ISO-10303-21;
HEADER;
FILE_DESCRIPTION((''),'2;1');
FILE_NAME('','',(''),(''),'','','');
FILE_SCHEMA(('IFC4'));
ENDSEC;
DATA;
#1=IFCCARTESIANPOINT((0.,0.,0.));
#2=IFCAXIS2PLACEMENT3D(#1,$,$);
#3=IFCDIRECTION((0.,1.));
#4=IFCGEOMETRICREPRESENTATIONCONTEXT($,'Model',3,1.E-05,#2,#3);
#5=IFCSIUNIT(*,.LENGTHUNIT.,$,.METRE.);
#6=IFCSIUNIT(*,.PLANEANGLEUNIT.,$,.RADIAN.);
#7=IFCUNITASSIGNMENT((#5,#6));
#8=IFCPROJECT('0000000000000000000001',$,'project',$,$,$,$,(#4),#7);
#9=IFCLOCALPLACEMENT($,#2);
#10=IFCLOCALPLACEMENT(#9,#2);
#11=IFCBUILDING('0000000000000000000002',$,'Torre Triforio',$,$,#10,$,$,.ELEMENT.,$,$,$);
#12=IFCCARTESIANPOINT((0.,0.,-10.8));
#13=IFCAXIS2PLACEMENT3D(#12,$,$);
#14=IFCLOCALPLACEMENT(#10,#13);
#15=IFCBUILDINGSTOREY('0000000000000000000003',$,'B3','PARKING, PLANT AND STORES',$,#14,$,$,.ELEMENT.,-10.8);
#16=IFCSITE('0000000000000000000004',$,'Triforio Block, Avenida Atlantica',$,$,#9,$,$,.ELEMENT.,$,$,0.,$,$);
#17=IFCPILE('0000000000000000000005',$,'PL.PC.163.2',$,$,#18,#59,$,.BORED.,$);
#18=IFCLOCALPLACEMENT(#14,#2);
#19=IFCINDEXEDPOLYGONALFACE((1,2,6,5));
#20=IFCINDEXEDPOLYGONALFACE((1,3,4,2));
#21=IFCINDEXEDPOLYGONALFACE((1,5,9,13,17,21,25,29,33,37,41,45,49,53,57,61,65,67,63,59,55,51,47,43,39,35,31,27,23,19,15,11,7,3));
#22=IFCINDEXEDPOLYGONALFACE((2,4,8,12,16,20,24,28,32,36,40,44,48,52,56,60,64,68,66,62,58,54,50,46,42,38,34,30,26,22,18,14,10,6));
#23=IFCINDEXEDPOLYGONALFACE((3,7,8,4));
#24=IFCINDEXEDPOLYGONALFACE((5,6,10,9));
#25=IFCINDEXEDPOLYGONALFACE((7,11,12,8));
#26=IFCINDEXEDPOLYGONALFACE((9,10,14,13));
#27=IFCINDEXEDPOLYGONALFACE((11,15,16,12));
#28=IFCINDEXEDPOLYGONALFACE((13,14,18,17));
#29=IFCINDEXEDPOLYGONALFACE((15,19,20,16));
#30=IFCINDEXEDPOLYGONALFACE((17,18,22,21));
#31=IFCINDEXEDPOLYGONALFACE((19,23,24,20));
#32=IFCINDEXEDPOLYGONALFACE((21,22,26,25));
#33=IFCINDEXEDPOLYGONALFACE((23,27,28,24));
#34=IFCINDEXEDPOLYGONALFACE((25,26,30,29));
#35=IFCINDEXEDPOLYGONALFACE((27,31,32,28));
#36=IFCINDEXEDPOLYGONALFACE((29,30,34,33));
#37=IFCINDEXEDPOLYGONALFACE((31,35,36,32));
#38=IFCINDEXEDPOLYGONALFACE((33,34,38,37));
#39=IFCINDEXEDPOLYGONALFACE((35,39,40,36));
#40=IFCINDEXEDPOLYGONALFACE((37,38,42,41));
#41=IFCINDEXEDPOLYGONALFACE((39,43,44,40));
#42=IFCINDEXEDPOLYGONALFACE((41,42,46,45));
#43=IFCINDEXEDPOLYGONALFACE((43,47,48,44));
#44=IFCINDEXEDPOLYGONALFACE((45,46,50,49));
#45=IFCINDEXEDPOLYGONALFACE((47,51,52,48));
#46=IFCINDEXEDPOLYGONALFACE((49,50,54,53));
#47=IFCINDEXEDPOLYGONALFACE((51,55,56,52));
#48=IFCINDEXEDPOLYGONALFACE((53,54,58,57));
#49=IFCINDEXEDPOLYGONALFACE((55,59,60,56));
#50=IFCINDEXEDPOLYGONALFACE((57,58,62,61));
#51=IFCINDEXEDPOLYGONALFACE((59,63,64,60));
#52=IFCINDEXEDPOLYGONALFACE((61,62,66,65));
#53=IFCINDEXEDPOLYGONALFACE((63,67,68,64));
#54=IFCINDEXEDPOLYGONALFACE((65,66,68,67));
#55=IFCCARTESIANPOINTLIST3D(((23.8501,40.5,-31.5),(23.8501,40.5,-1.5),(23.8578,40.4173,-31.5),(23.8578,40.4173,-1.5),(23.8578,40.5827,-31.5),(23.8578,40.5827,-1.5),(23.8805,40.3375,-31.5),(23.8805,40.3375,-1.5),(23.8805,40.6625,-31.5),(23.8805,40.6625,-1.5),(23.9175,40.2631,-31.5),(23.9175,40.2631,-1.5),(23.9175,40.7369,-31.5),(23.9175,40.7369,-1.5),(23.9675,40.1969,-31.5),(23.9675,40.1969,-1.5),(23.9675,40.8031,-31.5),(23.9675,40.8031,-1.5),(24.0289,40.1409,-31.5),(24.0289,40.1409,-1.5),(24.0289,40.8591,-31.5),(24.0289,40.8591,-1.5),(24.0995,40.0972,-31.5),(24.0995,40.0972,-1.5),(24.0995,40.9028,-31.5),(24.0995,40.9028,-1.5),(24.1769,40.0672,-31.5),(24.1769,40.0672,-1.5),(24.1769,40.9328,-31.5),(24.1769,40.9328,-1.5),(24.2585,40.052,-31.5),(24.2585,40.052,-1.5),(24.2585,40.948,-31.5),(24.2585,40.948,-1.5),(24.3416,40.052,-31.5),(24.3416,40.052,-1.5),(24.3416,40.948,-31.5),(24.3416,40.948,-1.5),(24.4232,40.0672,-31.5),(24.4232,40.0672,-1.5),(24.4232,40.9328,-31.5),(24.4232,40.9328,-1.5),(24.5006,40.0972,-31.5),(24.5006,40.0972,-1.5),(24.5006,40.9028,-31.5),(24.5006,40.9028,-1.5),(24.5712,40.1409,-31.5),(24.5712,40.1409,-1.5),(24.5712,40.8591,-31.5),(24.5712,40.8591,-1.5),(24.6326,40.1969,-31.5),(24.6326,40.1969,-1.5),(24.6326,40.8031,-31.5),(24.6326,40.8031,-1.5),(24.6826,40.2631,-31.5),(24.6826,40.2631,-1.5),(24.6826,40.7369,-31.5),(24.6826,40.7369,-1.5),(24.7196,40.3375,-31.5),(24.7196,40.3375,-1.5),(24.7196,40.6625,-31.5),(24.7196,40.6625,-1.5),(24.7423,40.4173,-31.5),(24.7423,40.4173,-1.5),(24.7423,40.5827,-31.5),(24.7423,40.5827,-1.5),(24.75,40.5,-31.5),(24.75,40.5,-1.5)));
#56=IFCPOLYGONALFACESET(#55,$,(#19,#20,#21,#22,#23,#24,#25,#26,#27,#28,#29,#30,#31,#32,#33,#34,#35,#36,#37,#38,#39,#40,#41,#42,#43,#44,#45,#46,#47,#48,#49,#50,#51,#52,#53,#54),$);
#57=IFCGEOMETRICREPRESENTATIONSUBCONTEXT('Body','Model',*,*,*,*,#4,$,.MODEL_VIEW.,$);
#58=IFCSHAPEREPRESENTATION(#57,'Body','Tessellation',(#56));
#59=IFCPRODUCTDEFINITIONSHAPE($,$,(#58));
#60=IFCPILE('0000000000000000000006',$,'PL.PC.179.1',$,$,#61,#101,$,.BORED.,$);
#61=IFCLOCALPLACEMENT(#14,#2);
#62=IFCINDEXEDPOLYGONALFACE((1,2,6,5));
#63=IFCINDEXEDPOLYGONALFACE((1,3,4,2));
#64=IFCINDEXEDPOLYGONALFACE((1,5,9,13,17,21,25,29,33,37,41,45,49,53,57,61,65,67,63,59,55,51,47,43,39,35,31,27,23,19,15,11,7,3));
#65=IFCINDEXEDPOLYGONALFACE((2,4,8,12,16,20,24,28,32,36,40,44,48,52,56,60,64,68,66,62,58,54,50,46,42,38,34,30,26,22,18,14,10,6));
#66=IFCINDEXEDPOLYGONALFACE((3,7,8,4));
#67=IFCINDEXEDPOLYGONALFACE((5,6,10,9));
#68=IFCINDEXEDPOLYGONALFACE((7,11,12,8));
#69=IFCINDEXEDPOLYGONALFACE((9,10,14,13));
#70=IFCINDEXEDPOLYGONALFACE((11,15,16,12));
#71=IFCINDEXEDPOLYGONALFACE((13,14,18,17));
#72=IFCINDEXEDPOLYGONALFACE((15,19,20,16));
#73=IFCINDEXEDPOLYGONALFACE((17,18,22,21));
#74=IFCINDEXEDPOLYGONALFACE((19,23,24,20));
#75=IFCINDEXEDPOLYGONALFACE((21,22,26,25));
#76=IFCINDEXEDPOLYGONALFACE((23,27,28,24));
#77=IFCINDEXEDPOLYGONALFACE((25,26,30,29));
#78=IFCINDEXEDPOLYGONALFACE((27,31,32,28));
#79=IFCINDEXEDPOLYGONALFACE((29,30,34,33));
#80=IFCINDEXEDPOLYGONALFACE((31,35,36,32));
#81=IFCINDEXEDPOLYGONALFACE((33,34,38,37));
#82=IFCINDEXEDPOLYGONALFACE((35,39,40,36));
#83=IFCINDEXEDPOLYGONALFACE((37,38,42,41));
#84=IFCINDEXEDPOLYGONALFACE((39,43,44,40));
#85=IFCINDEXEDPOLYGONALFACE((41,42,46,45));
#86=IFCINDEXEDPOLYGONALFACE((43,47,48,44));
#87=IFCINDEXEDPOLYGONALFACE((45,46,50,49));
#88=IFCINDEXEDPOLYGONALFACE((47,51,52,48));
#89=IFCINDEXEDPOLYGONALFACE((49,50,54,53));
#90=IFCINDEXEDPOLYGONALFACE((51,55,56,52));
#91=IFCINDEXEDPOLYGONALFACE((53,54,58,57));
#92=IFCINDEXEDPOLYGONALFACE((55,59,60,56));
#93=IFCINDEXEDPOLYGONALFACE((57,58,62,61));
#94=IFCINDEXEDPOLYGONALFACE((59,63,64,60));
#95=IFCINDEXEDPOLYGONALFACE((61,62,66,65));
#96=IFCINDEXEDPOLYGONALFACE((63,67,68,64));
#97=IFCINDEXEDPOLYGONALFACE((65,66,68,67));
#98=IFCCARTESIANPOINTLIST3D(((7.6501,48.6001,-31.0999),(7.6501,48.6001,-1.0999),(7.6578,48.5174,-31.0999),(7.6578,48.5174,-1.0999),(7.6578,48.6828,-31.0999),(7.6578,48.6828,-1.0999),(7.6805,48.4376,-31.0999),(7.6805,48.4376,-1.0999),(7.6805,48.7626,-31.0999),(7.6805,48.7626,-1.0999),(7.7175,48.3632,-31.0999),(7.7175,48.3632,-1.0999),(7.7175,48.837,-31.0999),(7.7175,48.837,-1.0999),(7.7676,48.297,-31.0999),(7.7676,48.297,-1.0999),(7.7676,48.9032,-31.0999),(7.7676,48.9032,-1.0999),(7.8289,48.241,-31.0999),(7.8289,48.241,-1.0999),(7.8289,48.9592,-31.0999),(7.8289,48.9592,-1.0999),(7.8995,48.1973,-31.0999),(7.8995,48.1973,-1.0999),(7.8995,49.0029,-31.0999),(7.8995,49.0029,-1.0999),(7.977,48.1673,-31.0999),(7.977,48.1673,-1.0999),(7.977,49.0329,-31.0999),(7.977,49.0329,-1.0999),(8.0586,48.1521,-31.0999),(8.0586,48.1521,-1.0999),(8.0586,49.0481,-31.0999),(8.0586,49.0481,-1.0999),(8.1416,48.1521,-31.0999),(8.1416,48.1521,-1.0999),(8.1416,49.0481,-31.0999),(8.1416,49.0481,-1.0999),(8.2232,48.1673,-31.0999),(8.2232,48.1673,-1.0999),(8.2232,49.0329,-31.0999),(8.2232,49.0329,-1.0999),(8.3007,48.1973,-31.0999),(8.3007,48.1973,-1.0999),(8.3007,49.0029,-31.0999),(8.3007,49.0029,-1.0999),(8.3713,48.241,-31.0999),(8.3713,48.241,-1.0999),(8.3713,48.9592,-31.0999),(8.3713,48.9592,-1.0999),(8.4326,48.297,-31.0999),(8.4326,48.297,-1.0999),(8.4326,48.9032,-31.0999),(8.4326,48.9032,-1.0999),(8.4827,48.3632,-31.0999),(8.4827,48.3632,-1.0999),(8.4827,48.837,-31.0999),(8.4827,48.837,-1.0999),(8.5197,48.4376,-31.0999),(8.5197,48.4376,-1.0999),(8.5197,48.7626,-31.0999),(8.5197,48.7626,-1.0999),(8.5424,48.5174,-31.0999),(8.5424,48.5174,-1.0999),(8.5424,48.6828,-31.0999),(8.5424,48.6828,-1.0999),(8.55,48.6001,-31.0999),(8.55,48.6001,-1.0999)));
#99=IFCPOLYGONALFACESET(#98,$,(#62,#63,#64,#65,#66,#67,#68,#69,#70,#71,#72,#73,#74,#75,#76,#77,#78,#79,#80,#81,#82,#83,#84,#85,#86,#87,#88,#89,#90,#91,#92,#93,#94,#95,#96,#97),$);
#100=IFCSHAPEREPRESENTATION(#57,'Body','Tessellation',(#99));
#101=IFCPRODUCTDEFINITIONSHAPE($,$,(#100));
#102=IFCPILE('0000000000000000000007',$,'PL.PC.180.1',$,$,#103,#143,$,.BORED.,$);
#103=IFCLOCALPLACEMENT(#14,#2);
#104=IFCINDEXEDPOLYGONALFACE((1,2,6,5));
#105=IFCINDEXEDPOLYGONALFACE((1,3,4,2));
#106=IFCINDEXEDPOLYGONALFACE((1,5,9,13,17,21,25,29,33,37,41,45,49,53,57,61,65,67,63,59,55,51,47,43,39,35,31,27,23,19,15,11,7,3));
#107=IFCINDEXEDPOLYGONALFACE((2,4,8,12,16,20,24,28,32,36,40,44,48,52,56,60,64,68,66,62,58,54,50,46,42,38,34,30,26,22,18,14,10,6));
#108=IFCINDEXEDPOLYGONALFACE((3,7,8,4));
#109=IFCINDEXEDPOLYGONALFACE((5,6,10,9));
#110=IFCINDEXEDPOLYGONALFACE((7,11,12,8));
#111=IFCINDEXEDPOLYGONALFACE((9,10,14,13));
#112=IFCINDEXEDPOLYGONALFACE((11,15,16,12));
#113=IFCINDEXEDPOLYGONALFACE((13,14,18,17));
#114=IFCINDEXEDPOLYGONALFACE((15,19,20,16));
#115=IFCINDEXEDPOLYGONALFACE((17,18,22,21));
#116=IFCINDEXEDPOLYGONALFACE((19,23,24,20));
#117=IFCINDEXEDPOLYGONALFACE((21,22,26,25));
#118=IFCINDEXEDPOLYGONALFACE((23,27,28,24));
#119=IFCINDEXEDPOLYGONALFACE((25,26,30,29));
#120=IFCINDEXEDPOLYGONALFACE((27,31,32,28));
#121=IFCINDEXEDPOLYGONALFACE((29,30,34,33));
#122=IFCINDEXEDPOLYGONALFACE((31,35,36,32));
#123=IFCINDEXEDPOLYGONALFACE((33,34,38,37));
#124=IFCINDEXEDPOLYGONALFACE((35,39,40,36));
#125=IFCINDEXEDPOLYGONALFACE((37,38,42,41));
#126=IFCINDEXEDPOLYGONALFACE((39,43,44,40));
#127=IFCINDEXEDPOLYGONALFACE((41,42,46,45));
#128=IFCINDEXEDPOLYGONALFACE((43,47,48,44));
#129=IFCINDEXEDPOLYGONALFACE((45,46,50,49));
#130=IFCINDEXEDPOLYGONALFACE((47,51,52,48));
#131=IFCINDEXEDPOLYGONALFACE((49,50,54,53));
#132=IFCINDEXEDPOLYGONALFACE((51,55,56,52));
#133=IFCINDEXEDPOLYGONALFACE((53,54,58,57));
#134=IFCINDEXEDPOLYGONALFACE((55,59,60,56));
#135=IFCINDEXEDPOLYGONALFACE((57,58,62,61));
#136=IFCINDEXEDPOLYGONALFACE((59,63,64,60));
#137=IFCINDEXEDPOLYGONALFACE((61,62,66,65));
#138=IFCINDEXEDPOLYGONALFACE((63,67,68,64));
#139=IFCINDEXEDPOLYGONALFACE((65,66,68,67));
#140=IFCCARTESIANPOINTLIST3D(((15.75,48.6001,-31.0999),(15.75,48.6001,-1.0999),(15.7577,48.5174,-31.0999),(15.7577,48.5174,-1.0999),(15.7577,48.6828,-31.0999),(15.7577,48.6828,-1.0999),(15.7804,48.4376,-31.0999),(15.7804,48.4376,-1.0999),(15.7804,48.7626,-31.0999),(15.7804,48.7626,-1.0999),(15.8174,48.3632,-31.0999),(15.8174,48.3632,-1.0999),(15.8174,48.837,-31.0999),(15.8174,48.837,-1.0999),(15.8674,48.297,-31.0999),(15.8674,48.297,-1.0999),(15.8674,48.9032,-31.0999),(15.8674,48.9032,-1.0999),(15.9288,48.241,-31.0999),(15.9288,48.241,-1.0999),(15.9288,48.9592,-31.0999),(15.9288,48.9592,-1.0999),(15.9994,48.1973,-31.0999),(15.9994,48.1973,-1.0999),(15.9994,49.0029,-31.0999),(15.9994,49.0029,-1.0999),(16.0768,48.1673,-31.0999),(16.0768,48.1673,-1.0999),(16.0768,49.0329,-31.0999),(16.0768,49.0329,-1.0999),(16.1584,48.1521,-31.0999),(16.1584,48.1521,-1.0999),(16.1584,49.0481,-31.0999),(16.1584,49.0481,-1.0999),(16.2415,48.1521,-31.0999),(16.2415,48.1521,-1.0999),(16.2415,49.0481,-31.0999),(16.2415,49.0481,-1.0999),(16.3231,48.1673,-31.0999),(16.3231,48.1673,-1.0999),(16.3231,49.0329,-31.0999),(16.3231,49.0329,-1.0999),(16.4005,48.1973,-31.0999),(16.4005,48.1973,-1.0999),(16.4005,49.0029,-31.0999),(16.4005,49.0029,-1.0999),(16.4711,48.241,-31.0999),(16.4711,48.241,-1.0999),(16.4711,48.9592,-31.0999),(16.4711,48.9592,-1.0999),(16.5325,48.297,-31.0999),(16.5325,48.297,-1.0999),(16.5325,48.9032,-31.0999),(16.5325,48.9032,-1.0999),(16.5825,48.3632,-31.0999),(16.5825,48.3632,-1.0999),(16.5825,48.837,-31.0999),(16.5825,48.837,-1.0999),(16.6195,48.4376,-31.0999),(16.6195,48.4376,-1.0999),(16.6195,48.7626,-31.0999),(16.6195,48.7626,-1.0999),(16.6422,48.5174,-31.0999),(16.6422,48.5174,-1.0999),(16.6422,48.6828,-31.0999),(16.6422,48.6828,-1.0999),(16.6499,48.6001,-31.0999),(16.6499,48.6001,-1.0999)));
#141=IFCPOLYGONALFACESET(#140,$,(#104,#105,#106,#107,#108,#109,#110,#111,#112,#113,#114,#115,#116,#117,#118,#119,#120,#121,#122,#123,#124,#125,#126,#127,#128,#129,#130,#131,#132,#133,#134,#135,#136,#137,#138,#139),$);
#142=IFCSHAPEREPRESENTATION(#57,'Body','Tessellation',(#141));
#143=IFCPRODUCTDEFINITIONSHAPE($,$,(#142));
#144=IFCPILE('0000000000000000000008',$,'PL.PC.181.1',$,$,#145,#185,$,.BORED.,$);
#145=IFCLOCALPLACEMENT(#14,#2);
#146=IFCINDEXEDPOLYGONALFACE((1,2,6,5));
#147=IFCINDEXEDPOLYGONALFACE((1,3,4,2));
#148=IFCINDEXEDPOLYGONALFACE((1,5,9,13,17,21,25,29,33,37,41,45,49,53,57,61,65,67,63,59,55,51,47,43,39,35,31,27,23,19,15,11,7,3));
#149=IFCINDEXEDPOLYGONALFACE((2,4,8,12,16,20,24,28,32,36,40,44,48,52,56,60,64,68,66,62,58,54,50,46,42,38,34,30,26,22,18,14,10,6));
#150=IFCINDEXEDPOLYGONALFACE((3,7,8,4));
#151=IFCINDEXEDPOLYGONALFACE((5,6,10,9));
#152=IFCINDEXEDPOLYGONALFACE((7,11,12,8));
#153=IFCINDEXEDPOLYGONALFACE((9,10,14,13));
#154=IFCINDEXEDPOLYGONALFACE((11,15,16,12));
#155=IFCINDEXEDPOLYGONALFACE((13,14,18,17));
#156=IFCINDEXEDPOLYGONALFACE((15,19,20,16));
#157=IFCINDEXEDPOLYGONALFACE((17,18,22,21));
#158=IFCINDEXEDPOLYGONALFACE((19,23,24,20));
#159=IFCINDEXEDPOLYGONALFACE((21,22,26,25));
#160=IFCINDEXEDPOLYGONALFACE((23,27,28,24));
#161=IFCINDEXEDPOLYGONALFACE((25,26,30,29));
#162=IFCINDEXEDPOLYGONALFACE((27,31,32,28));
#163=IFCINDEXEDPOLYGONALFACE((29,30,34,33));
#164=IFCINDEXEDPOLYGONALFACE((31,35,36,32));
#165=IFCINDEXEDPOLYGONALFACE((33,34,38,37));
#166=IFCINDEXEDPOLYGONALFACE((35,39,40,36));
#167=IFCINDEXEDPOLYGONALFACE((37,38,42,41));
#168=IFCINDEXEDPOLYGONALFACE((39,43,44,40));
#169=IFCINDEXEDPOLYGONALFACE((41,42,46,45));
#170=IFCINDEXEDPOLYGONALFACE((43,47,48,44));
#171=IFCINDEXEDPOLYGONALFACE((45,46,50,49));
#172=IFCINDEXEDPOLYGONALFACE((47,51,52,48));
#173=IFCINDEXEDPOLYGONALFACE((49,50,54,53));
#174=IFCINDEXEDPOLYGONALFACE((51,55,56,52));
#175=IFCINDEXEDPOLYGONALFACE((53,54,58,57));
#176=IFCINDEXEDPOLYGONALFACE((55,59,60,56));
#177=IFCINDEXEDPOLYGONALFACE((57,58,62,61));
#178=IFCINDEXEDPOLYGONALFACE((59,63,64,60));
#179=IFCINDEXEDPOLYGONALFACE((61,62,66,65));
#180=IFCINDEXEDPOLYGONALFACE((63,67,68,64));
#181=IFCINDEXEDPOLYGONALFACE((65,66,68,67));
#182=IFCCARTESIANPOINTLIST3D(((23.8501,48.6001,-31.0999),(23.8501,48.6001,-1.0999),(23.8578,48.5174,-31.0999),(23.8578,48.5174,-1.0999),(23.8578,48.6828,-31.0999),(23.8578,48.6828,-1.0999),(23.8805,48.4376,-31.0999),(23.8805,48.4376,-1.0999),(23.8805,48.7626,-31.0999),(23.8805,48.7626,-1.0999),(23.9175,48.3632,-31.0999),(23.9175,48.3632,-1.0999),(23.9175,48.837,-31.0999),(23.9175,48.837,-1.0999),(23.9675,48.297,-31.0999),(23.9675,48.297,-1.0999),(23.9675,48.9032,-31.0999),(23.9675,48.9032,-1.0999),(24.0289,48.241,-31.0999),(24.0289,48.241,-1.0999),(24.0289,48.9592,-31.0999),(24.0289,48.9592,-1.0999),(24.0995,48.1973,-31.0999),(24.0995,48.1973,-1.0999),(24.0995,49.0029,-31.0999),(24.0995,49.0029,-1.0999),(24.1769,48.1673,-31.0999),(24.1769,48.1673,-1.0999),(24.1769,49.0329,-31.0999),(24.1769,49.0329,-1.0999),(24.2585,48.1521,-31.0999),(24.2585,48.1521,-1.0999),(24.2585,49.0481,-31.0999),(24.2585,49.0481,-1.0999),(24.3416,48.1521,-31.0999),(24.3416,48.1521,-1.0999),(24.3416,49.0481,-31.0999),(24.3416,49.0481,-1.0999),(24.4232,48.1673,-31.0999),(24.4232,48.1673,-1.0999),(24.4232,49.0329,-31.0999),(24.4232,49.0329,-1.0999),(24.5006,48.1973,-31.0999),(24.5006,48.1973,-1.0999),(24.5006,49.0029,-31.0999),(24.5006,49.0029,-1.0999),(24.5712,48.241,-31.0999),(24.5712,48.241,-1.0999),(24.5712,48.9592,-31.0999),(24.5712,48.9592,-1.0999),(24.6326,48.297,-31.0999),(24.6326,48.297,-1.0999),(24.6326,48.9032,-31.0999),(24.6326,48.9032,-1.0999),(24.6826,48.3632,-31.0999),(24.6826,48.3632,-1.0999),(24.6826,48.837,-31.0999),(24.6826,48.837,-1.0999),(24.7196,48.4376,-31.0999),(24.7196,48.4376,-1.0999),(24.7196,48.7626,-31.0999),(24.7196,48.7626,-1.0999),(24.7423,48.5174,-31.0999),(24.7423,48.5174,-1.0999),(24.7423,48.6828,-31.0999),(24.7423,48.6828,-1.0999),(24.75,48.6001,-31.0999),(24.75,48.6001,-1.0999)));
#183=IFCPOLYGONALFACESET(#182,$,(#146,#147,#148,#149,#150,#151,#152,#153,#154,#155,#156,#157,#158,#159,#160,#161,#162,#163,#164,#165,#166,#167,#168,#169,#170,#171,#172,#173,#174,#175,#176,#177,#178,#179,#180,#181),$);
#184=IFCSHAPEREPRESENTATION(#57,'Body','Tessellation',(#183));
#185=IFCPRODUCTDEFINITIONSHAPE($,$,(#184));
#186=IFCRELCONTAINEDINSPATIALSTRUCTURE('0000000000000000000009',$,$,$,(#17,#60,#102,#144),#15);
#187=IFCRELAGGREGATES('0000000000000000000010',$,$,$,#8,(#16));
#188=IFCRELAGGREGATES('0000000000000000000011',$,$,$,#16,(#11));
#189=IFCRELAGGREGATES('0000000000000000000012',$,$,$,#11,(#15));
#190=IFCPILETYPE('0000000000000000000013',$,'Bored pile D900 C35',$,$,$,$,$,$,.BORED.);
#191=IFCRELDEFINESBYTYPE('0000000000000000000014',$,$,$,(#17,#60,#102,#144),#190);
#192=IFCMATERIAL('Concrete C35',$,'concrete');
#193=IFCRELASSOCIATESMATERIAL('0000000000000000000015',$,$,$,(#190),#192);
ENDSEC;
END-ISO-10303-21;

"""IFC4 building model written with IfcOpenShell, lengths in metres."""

from ifc_helpers import new_model, si_unit, direction, frame, origin, origin_2d, place, context, subcontext, project, spatial, circle, extrude, material, material_profile, profile_set, type_object, element, save


model = new_model("IFC4")

# Units and contexts
model_context = context("Model", 3, precision=1e-05, world=origin(), true_north=direction((0.0, 1.0)))
body_context = subcontext(model_context, "Body", "Model", "MODEL_VIEW")
ifc_project = project(units=[si_unit("LENGTHUNIT", "METRE"), si_unit("PLANEANGLEUNIT", "RADIAN")], contexts=[model_context])

# Site, building, storey
site_placement = place(None, origin())
site = spatial("IfcSite", under=ifc_project, at=site_placement, Name="Triforio Block, Avenida Atlantica", CompositionType="ELEMENT", RefElevation=0.0)
building_placement = place(site_placement, origin())
building = spatial("IfcBuilding", under=site, at=building_placement, Name="Torre Triforio", CompositionType="ELEMENT")
storey_placement = place(building_placement, frame((0.0, 0.0, -10.8)))
storey = spatial("IfcBuildingStorey", under=building, at=storey_placement, Name="B3", Description="PARKING, PLANT AND STORES", CompositionType="ELEMENT", Elevation=-10.8)

# Piles
ifc_material_1 = material(Name="Concrete C35", Category="concrete")
ifc_material_profile_1 = material_profile(ifc_material_1, circle(Radius=0.45, at=origin_2d()), Name="RC D900")
ifc_profile_set_1 = profile_set([ifc_material_profile_1], Name="Concrete C35")
pile_type = type_object("IfcPileType", Name="Bored pile D900 C35", PredefinedType="BORED", material=ifc_profile_set_1)
for number, where, z_axis, x_axis, name in (
    (1, (24.3, 40.5, -1.5), (0.0, 0.0, -1.0), (1.0, 0.0, 0.0), "PL.PC.163.2"),
    (2, (8.1001, 48.6001, -1.0999), (0.0, 0.0, -1.0), (1.0, 0.0, 0.0), "PL.PC.179.1"),
    (3, (16.2, 48.6001, -1.0999), (0.0, 0.0, -1.0), (1.0, 0.0, 0.0), "PL.PC.180.1"),
    (4, (24.3, 48.6001, -1.0999), (0.0, 0.0, -1.0), (1.0, 0.0, 0.0), "PL.PC.181.1"),
):
    element("IfcPile", number, at=place(storey_placement, frame(where, z_axis=z_axis, x_axis=x_axis)), inside=storey, type_object=pile_type, Name=name, PredefinedType="BORED", context=body_context, shape_type="SweptSolid", body=[
        extrude(circle(Radius=0.45, at=origin_2d()), origin(), (0.0, 0.0, 1.0), 30.0),
    ])

save(model, "model.ifc")
